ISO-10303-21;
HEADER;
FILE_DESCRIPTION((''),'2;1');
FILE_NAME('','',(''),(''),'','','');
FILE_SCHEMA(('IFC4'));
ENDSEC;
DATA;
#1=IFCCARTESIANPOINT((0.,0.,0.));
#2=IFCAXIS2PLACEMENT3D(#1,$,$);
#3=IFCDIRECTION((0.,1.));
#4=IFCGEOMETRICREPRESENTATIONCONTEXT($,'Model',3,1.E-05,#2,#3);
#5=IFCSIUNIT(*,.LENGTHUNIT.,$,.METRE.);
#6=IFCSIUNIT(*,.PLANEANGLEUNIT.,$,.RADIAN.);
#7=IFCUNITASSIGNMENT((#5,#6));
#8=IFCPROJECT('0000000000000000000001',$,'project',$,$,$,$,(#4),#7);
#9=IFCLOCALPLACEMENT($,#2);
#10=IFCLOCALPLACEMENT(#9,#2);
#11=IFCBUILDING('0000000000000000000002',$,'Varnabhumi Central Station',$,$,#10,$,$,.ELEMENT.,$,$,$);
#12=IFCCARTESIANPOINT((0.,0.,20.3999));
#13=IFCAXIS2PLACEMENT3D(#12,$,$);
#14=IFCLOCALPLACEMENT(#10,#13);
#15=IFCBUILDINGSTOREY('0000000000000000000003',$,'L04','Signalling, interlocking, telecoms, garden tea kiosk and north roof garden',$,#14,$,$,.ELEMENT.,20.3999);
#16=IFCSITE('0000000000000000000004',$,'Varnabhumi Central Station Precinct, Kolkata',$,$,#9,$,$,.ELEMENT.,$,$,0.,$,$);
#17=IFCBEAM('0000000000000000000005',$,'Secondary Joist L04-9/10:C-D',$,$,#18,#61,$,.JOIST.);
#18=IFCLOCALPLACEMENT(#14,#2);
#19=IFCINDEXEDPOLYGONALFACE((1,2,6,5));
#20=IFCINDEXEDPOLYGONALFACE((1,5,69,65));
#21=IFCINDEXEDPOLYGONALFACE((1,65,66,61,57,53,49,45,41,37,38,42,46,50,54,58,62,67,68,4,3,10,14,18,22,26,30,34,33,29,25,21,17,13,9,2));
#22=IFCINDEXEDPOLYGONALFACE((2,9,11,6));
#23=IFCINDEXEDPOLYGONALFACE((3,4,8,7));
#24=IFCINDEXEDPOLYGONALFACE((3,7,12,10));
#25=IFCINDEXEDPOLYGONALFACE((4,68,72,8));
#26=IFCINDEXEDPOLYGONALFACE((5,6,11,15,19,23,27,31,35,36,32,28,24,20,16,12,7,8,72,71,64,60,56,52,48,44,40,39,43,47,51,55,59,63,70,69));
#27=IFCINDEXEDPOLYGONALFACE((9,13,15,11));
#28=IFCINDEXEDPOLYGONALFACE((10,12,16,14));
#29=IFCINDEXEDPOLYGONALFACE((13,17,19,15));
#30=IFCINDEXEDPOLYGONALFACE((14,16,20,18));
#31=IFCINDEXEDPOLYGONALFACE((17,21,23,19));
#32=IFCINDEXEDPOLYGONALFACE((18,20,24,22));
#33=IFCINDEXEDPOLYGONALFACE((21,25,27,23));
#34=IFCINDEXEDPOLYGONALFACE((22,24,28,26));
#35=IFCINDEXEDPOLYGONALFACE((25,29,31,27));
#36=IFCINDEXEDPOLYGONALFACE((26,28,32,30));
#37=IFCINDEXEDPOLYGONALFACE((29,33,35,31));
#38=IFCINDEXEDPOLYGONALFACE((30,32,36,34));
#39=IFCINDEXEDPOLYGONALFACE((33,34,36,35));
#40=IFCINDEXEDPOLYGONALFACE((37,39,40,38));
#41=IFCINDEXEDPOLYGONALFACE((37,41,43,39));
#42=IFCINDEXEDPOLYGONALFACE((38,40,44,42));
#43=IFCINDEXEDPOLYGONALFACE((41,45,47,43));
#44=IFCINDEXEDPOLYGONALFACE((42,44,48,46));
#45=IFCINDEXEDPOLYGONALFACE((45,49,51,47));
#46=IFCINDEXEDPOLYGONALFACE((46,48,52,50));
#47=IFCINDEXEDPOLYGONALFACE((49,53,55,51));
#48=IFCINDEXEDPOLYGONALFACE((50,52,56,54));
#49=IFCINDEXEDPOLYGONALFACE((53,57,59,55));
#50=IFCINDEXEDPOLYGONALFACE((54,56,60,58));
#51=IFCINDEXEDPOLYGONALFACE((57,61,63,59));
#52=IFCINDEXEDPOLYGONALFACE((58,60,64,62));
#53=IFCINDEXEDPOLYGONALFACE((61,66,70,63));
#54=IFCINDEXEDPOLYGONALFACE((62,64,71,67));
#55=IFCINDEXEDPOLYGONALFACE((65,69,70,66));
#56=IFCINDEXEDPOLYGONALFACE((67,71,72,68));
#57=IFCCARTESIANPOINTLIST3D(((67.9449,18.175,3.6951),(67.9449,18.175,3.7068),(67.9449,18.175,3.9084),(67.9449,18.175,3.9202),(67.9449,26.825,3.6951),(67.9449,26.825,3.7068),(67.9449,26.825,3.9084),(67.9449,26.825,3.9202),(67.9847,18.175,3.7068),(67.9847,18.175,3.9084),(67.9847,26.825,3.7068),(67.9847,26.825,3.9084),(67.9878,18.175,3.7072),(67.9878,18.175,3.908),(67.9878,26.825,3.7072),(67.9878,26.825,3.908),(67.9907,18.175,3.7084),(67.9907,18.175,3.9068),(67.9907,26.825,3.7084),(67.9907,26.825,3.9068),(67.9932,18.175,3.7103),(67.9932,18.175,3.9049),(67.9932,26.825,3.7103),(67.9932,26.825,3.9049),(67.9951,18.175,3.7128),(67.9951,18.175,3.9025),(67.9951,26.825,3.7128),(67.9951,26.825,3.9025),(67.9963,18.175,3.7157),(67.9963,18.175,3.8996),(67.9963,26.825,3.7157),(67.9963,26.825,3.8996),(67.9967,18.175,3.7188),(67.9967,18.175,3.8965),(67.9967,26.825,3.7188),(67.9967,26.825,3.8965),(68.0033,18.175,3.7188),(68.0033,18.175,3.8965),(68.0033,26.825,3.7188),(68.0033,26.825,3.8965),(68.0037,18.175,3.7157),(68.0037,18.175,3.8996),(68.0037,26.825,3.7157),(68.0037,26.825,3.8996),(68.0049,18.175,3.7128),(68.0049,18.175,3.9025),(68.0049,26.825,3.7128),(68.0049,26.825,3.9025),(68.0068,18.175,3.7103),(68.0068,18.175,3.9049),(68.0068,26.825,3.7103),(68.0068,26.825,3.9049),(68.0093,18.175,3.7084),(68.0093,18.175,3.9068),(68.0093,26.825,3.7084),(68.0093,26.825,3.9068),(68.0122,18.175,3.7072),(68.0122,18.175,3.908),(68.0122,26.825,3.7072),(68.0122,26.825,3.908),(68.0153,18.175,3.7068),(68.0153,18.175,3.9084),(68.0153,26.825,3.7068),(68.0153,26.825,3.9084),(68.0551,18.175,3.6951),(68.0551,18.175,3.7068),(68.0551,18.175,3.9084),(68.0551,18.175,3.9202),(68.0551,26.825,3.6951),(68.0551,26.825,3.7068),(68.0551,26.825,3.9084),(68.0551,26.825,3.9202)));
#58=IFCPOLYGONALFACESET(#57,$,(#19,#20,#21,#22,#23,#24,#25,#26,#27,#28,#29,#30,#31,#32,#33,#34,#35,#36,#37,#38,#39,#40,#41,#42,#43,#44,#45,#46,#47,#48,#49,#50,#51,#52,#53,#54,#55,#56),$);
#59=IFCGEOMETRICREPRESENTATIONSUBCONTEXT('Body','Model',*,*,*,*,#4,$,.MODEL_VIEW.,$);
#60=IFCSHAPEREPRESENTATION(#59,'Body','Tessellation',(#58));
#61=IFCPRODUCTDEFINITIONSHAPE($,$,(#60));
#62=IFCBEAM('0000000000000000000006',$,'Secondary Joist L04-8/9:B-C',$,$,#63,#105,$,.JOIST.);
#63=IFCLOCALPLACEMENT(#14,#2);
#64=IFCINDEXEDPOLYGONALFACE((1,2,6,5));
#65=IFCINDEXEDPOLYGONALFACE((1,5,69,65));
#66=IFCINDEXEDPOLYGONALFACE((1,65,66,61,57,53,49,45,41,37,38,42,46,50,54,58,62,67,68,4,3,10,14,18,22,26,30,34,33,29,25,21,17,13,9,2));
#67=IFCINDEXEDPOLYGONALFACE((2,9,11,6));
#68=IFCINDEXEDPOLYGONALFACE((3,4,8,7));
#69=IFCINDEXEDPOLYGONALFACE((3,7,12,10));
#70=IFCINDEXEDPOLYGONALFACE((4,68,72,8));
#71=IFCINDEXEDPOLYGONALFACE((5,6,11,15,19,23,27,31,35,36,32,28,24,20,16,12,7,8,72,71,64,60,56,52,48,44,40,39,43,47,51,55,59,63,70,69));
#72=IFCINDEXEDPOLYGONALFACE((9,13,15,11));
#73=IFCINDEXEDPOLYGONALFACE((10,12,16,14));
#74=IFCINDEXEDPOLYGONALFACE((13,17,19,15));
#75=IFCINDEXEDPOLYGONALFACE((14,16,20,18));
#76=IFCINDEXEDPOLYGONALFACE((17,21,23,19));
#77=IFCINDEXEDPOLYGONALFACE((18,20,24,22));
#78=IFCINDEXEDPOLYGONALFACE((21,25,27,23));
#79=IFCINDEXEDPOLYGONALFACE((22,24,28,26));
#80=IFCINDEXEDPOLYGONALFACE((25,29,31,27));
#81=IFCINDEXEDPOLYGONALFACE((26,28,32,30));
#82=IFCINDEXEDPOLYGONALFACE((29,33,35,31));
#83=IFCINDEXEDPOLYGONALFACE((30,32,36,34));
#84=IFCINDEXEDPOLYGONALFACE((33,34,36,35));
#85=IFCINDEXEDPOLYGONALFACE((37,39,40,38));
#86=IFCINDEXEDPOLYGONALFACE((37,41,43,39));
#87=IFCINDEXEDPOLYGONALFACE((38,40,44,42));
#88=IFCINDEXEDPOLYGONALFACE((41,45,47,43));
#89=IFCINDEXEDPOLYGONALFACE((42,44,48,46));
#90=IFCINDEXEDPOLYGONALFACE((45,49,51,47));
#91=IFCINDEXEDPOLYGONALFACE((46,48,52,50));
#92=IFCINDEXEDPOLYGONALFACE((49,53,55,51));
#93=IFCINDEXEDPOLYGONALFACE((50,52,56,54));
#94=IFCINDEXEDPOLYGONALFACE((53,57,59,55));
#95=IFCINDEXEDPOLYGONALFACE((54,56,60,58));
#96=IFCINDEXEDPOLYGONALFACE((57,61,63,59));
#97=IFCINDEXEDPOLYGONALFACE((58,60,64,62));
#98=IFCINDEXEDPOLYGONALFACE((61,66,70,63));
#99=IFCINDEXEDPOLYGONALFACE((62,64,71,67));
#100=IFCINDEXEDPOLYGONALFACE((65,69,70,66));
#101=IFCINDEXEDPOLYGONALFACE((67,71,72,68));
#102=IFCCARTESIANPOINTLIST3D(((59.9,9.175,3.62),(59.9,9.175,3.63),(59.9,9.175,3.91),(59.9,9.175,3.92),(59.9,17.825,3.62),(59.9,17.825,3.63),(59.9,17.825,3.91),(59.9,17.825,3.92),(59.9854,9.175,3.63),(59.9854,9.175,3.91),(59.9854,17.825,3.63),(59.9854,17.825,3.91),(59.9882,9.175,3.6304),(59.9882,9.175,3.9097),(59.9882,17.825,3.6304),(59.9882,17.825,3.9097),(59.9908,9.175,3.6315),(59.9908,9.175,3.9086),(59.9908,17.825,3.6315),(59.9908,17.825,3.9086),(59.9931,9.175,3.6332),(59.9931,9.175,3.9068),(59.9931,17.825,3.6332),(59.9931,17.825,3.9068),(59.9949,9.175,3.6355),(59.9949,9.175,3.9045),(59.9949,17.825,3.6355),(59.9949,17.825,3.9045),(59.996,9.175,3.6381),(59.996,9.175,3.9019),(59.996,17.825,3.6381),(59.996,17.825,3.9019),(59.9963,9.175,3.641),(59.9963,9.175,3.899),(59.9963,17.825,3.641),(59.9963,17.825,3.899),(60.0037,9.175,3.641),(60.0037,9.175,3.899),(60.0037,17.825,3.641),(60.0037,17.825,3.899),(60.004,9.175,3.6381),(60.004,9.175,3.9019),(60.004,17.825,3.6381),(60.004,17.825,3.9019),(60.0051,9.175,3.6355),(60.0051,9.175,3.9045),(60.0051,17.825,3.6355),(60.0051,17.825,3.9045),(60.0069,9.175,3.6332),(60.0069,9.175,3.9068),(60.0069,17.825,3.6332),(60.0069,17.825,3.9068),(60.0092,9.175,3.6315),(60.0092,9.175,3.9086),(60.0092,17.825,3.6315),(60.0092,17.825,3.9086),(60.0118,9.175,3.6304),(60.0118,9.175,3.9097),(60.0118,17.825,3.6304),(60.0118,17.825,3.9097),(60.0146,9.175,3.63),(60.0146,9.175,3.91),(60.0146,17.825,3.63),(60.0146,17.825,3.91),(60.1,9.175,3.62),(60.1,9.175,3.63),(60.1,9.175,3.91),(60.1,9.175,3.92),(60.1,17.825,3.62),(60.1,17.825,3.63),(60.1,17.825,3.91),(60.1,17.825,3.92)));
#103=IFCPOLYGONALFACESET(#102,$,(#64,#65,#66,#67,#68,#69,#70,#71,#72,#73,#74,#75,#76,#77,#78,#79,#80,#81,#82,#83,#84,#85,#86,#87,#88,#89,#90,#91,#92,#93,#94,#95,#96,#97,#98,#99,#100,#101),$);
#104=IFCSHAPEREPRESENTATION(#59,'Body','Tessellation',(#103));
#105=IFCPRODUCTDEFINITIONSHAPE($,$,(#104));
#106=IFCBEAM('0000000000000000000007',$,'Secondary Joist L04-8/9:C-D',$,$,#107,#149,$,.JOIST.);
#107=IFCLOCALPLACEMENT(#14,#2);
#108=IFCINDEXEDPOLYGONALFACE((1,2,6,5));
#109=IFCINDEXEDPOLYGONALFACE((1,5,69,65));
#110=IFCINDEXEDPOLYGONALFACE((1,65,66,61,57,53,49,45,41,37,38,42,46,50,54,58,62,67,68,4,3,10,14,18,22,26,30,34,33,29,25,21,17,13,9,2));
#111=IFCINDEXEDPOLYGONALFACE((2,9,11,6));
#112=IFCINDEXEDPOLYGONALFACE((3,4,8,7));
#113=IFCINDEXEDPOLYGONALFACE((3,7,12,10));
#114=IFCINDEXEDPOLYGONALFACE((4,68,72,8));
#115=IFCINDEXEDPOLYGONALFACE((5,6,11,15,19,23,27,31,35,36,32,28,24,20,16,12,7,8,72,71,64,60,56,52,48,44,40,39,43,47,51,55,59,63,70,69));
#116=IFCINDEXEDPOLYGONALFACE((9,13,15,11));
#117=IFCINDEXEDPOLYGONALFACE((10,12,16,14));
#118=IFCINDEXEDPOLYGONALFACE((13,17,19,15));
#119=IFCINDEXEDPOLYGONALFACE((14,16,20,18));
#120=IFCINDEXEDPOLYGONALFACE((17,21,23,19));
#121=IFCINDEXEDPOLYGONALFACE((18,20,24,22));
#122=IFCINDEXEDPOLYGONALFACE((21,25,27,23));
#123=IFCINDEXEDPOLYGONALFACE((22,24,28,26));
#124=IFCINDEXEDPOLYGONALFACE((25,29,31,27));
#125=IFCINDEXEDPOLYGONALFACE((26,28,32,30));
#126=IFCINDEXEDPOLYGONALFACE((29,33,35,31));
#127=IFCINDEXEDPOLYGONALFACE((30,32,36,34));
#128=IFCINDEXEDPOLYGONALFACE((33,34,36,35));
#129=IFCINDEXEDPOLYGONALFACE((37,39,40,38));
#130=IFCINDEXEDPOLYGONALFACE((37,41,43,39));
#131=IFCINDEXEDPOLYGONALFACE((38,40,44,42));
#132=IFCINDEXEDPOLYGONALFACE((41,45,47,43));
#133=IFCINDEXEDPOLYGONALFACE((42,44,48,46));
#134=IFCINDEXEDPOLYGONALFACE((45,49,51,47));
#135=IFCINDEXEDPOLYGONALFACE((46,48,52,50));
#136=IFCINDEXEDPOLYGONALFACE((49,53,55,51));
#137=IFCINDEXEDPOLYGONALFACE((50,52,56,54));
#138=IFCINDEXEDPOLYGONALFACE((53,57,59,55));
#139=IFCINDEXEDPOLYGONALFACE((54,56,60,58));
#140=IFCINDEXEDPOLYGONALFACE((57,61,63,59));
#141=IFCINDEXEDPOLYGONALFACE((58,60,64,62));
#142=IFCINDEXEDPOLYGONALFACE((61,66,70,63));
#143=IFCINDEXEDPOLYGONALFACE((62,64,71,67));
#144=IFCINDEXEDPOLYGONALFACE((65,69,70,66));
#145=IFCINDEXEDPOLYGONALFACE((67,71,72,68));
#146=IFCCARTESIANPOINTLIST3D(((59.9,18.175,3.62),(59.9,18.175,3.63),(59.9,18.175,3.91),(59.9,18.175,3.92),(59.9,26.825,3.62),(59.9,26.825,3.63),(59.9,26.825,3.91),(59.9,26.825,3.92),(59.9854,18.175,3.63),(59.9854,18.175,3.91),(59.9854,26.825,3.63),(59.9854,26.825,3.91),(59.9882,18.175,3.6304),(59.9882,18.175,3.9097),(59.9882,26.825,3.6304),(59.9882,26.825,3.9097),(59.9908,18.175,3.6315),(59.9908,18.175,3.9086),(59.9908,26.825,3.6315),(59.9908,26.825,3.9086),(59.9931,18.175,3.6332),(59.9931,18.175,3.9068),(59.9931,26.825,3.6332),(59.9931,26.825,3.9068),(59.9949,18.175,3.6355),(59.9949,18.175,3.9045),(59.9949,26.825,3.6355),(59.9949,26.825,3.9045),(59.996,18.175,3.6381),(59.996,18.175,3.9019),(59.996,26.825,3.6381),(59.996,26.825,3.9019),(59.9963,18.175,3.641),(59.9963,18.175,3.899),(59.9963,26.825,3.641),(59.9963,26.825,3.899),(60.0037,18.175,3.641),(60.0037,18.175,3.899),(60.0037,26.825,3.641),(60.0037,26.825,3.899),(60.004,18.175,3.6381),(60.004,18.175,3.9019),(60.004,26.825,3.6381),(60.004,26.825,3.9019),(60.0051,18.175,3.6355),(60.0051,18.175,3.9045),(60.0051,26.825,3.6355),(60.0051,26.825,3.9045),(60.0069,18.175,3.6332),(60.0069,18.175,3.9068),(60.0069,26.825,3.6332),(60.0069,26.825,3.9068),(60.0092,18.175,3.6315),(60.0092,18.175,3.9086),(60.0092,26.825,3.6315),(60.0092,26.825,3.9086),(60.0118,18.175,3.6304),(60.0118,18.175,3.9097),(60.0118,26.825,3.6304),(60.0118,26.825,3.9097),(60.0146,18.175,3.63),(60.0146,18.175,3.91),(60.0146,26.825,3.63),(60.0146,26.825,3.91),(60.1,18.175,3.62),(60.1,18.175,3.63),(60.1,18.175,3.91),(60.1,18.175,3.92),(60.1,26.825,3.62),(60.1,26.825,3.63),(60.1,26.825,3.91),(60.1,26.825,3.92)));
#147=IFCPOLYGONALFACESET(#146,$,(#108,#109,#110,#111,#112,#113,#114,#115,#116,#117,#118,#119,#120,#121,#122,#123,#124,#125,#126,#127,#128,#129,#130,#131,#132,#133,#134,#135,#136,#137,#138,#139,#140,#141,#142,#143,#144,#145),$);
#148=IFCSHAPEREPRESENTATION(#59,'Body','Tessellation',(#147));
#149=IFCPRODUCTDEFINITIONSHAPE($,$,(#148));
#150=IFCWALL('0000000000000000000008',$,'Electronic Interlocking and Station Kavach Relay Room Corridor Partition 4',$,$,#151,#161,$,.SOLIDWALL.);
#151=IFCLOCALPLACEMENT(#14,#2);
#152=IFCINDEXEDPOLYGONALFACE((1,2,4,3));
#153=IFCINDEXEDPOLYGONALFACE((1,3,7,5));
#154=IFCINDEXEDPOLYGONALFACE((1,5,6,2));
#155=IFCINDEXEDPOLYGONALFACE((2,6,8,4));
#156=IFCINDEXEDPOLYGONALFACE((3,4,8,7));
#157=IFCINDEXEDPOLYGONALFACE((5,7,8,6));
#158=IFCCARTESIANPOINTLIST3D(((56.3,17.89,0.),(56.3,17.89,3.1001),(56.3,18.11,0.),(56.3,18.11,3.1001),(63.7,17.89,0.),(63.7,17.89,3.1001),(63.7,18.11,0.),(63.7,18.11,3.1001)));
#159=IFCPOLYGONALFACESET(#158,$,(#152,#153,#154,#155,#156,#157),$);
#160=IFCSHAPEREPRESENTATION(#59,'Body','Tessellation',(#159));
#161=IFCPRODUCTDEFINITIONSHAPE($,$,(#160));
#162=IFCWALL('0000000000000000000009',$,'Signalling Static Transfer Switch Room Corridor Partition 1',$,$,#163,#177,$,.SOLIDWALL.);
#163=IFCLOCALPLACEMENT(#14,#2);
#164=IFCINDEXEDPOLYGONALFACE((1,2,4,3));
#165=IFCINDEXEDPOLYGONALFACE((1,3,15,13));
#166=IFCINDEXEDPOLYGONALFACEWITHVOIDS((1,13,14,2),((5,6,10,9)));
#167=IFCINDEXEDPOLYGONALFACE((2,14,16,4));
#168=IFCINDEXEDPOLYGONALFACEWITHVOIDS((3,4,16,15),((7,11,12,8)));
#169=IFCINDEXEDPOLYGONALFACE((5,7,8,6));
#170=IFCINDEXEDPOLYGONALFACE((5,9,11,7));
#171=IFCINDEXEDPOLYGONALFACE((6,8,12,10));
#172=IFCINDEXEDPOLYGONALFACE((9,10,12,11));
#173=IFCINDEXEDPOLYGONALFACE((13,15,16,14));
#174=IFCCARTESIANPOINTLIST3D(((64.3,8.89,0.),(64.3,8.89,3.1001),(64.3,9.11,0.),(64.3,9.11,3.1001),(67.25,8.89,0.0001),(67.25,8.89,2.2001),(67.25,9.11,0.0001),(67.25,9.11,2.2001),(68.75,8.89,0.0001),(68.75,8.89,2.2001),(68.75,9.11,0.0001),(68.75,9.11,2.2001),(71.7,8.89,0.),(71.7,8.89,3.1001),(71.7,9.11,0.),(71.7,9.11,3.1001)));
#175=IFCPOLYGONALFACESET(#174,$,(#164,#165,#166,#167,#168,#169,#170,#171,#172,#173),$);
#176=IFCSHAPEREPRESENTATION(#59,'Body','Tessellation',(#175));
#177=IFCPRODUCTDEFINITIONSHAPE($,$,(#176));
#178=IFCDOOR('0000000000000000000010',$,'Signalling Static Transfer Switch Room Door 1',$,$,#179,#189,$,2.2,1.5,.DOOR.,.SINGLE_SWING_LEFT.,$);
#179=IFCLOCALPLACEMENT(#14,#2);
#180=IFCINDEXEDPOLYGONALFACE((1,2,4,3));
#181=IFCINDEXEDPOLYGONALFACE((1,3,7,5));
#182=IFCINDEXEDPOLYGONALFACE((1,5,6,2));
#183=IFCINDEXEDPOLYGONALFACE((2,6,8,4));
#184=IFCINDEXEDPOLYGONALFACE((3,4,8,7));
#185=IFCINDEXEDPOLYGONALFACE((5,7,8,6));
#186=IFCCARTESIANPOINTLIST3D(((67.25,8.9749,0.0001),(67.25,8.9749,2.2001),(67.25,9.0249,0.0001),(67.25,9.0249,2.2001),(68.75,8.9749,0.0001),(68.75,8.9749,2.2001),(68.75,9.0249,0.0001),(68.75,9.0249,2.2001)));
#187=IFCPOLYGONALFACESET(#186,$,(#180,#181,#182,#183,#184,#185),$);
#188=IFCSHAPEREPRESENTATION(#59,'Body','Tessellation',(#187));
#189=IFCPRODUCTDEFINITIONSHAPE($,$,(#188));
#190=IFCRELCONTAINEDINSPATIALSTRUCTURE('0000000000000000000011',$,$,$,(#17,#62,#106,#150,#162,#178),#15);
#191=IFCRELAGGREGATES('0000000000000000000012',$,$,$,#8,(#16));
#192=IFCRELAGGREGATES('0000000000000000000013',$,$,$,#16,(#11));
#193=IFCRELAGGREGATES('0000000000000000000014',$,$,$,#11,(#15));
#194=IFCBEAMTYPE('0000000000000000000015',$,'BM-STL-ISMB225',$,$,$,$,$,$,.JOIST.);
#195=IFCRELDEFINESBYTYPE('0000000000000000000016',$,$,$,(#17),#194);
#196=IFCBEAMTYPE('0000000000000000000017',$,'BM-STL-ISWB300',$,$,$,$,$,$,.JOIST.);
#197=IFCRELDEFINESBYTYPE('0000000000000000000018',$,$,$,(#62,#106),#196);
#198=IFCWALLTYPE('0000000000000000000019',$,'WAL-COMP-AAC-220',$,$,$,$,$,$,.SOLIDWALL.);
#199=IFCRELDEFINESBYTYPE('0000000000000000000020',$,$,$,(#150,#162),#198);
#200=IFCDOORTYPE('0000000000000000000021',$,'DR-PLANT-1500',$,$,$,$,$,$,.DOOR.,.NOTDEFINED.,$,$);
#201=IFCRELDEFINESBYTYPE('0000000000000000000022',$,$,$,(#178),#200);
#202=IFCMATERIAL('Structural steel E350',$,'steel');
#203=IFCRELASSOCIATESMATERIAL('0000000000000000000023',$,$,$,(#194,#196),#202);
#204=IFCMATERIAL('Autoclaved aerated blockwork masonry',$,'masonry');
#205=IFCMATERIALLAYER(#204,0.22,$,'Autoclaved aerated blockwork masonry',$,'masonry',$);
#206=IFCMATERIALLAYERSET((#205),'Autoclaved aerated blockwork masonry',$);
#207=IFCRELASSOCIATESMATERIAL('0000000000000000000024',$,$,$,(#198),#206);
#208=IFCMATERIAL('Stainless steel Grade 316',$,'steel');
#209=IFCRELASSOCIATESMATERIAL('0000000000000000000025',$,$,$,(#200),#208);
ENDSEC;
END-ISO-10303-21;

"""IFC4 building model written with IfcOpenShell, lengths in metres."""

from ifc_helpers import new_model, si_unit, direction, frame, frame_2d, origin, origin_2d, place, context, subcontext, project, spatial, rectangle, i_section, extrude, material, layer, layer_set, material_profile, profile_set, type_object, element, fill, save


model = new_model("IFC4")

# Units and contexts
model_context = context("Model", 3, precision=1e-05, world=origin(), true_north=direction((0.0, 1.0)))
body_context = subcontext(model_context, "Body", "Model", "MODEL_VIEW")
ifc_project = project(units=[si_unit("LENGTHUNIT", "METRE"), si_unit("PLANEANGLEUNIT", "RADIAN")], contexts=[model_context])

# Site, building, storey
site_placement = place(None, origin())
site = spatial("IfcSite", under=ifc_project, at=site_placement, Name="Varnabhumi Central Station Precinct, Kolkata", CompositionType="ELEMENT", RefElevation=0.0)
building_placement = place(site_placement, origin())
building = spatial("IfcBuilding", under=site, at=building_placement, Name="Varnabhumi Central Station", CompositionType="ELEMENT")
storey_placement = place(building_placement, frame((0.0, 0.0, 20.3999)))
storey = spatial("IfcBuildingStorey", under=building, at=storey_placement, Name="L04", Description="Signalling, interlocking, telecoms, garden tea kiosk and north roof garden", CompositionType="ELEMENT", Elevation=20.3999)

# Beams
ifc_material_1 = material(Name="Structural steel E350", Category="steel")
ifc_material_profile_1 = material_profile(ifc_material_1, i_section(OverallWidth=0.1101, OverallDepth=0.2251, WebThickness=0.0066, FlangeThickness=0.0117, FilletRadius=0.012, at=origin_2d()), Name="Structural steel E350", Category="steel")
ifc_profile_set_1 = profile_set([ifc_material_profile_1], Name="Structural steel E350")
beam_type_1 = type_object("IfcBeamType", Name="BM-STL-ISMB225", PredefinedType="JOIST", material=ifc_profile_set_1)
for number, where, z_axis, x_axis, name in (
    (1, (68.0, 18.175, 3.8076), (0.0, 1.0, 0.0), (-1.0, 0.0, 0.0), "Secondary Joist L04-9/10:C-D"),
):
    element("IfcBeam", number, at=place(storey_placement, frame(where, z_axis=z_axis, x_axis=x_axis)), inside=storey, type_object=beam_type_1, Name=name, PredefinedType="JOIST", context=body_context, shape_type="SweptSolid", body=[
        extrude(i_section(OverallWidth=0.1101, OverallDepth=0.2251, WebThickness=0.0066, FlangeThickness=0.0117, FilletRadius=0.012, at=origin_2d()), origin(), (0.0, 0.0, 1.0), 8.6499),
    ])
ifc_material_profile_2 = material_profile(ifc_material_1, i_section(OverallWidth=0.2, OverallDepth=0.3, WebThickness=0.0073, FlangeThickness=0.01, FilletRadius=0.011, at=origin_2d()), Name="Structural steel E350", Category="steel")
ifc_profile_set_2 = profile_set([ifc_material_profile_2], Name="Structural steel E350")
beam_type_2 = type_object("IfcBeamType", Name="BM-STL-ISWB300", PredefinedType="JOIST", material=ifc_profile_set_2)
for number, where, z_axis, x_axis, name in (
    (2, (60.0, 9.175, 3.77), (0.0, 1.0, 0.0), (-1.0, 0.0, 0.0), "Secondary Joist L04-8/9:B-C"),
    (3, (60.0, 18.175, 3.77), (0.0, 1.0, 0.0), (-1.0, 0.0, 0.0), "Secondary Joist L04-8/9:C-D"),
):
    element("IfcBeam", number, at=place(storey_placement, frame(where, z_axis=z_axis, x_axis=x_axis)), inside=storey, type_object=beam_type_2, Name=name, PredefinedType="JOIST", context=body_context, shape_type="SweptSolid", body=[
        extrude(i_section(OverallWidth=0.2, OverallDepth=0.3, WebThickness=0.0073, FlangeThickness=0.01, FilletRadius=0.011, at=origin_2d()), origin(), (0.0, 0.0, 1.0), 8.6499),
    ])

# Wall
ifc_material_2 = material(Name="Autoclaved aerated blockwork masonry", Category="masonry")
ifc_layer = layer(ifc_material_2, 0.22, Name="Autoclaved aerated blockwork masonry", Category="masonry")
ifc_layer_set = layer_set([ifc_layer], Name="Autoclaved aerated blockwork masonry")
wall_type = type_object("IfcWallType", Name="WAL-COMP-AAC-220", PredefinedType="SOLIDWALL", material=ifc_layer_set)
wall_1_placement = place(storey_placement, frame((56.3, 18.0, 0.0), z_axis=(0.0, 0.0, 1.0), x_axis=(1.0, 0.0, 0.0)))
element("IfcWall", 4, at=wall_1_placement, inside=storey, type_object=wall_type, Name="Electronic Interlocking and Station Kavach Relay Room Corridor Partition 4", PredefinedType="SOLIDWALL", context=body_context, shape_type="SweptSolid", body=[
    extrude(rectangle(XDim=7.3999, YDim=0.22, at=frame_2d((3.7, 0.0))), origin(), (0.0, 0.0, 1.0), 3.1001),
])

# Wall, opening, door
wall_2_placement = place(storey_placement, frame((64.3, 9.0, 0.0), z_axis=(0.0, 0.0, 1.0), x_axis=(1.0, 0.0, 0.0)))
wall_2 = element("IfcWall", 5, at=wall_2_placement, inside=storey, type_object=wall_type, Name="Signalling Static Transfer Switch Room Corridor Partition 1", PredefinedType="SOLIDWALL", context=body_context, shape_type="SweptSolid", body=[
    extrude(rectangle(XDim=7.3999, YDim=0.22, at=frame_2d((3.7, 0.0))), origin(), (0.0, 0.0, 1.0), 3.1001),
])
opening_1_placement = place(wall_2_placement, frame((2.95, 0.0, 0.0)))
opening_1 = element("IfcOpeningElement", 6, at=opening_1_placement, cuts=wall_2, PredefinedType="OPENING", context=body_context, shape_type="SweptSolid", body=[
    extrude(rectangle(XDim=1.5, YDim=2.2, at=frame_2d((0.75, 1.1001))), frame((0.0, 0.1199, 0.0), z_axis=(0.0, -1.0, 0.0), x_axis=(1.0, 0.0, 0.0)), (0.0, 0.0, 1.0), 0.24),
])
ifc_material_3 = material(Name="Stainless steel Grade 316", Category="steel")
door_type_1 = type_object("IfcDoorType", Name="DR-PLANT-1500", OperationType="NOTDEFINED", PredefinedType="DOOR", material=ifc_material_3)
door_1_placement = place(opening_1_placement, origin())
door_1 = element("IfcDoor", 7, at=door_1_placement, inside=storey, type_object=door_type_1, Name="Signalling Static Transfer Switch Room Door 1", OperationType="SINGLE_SWING_LEFT", OverallHeight=2.2, OverallWidth=1.5, PredefinedType="DOOR", context=body_context, shape_type="SweptSolid", body=[
    extrude(rectangle(XDim=1.5, YDim=2.2, at=frame_2d((0.75, 1.1001))), frame((0.0, 0.0249, 0.0), z_axis=(0.0, -1.0, 0.0), x_axis=(1.0, 0.0, 0.0)), (0.0, 0.0, 1.0), 0.05),
])
fill(opening_1, door_1)

save(model, "model.ifc")
